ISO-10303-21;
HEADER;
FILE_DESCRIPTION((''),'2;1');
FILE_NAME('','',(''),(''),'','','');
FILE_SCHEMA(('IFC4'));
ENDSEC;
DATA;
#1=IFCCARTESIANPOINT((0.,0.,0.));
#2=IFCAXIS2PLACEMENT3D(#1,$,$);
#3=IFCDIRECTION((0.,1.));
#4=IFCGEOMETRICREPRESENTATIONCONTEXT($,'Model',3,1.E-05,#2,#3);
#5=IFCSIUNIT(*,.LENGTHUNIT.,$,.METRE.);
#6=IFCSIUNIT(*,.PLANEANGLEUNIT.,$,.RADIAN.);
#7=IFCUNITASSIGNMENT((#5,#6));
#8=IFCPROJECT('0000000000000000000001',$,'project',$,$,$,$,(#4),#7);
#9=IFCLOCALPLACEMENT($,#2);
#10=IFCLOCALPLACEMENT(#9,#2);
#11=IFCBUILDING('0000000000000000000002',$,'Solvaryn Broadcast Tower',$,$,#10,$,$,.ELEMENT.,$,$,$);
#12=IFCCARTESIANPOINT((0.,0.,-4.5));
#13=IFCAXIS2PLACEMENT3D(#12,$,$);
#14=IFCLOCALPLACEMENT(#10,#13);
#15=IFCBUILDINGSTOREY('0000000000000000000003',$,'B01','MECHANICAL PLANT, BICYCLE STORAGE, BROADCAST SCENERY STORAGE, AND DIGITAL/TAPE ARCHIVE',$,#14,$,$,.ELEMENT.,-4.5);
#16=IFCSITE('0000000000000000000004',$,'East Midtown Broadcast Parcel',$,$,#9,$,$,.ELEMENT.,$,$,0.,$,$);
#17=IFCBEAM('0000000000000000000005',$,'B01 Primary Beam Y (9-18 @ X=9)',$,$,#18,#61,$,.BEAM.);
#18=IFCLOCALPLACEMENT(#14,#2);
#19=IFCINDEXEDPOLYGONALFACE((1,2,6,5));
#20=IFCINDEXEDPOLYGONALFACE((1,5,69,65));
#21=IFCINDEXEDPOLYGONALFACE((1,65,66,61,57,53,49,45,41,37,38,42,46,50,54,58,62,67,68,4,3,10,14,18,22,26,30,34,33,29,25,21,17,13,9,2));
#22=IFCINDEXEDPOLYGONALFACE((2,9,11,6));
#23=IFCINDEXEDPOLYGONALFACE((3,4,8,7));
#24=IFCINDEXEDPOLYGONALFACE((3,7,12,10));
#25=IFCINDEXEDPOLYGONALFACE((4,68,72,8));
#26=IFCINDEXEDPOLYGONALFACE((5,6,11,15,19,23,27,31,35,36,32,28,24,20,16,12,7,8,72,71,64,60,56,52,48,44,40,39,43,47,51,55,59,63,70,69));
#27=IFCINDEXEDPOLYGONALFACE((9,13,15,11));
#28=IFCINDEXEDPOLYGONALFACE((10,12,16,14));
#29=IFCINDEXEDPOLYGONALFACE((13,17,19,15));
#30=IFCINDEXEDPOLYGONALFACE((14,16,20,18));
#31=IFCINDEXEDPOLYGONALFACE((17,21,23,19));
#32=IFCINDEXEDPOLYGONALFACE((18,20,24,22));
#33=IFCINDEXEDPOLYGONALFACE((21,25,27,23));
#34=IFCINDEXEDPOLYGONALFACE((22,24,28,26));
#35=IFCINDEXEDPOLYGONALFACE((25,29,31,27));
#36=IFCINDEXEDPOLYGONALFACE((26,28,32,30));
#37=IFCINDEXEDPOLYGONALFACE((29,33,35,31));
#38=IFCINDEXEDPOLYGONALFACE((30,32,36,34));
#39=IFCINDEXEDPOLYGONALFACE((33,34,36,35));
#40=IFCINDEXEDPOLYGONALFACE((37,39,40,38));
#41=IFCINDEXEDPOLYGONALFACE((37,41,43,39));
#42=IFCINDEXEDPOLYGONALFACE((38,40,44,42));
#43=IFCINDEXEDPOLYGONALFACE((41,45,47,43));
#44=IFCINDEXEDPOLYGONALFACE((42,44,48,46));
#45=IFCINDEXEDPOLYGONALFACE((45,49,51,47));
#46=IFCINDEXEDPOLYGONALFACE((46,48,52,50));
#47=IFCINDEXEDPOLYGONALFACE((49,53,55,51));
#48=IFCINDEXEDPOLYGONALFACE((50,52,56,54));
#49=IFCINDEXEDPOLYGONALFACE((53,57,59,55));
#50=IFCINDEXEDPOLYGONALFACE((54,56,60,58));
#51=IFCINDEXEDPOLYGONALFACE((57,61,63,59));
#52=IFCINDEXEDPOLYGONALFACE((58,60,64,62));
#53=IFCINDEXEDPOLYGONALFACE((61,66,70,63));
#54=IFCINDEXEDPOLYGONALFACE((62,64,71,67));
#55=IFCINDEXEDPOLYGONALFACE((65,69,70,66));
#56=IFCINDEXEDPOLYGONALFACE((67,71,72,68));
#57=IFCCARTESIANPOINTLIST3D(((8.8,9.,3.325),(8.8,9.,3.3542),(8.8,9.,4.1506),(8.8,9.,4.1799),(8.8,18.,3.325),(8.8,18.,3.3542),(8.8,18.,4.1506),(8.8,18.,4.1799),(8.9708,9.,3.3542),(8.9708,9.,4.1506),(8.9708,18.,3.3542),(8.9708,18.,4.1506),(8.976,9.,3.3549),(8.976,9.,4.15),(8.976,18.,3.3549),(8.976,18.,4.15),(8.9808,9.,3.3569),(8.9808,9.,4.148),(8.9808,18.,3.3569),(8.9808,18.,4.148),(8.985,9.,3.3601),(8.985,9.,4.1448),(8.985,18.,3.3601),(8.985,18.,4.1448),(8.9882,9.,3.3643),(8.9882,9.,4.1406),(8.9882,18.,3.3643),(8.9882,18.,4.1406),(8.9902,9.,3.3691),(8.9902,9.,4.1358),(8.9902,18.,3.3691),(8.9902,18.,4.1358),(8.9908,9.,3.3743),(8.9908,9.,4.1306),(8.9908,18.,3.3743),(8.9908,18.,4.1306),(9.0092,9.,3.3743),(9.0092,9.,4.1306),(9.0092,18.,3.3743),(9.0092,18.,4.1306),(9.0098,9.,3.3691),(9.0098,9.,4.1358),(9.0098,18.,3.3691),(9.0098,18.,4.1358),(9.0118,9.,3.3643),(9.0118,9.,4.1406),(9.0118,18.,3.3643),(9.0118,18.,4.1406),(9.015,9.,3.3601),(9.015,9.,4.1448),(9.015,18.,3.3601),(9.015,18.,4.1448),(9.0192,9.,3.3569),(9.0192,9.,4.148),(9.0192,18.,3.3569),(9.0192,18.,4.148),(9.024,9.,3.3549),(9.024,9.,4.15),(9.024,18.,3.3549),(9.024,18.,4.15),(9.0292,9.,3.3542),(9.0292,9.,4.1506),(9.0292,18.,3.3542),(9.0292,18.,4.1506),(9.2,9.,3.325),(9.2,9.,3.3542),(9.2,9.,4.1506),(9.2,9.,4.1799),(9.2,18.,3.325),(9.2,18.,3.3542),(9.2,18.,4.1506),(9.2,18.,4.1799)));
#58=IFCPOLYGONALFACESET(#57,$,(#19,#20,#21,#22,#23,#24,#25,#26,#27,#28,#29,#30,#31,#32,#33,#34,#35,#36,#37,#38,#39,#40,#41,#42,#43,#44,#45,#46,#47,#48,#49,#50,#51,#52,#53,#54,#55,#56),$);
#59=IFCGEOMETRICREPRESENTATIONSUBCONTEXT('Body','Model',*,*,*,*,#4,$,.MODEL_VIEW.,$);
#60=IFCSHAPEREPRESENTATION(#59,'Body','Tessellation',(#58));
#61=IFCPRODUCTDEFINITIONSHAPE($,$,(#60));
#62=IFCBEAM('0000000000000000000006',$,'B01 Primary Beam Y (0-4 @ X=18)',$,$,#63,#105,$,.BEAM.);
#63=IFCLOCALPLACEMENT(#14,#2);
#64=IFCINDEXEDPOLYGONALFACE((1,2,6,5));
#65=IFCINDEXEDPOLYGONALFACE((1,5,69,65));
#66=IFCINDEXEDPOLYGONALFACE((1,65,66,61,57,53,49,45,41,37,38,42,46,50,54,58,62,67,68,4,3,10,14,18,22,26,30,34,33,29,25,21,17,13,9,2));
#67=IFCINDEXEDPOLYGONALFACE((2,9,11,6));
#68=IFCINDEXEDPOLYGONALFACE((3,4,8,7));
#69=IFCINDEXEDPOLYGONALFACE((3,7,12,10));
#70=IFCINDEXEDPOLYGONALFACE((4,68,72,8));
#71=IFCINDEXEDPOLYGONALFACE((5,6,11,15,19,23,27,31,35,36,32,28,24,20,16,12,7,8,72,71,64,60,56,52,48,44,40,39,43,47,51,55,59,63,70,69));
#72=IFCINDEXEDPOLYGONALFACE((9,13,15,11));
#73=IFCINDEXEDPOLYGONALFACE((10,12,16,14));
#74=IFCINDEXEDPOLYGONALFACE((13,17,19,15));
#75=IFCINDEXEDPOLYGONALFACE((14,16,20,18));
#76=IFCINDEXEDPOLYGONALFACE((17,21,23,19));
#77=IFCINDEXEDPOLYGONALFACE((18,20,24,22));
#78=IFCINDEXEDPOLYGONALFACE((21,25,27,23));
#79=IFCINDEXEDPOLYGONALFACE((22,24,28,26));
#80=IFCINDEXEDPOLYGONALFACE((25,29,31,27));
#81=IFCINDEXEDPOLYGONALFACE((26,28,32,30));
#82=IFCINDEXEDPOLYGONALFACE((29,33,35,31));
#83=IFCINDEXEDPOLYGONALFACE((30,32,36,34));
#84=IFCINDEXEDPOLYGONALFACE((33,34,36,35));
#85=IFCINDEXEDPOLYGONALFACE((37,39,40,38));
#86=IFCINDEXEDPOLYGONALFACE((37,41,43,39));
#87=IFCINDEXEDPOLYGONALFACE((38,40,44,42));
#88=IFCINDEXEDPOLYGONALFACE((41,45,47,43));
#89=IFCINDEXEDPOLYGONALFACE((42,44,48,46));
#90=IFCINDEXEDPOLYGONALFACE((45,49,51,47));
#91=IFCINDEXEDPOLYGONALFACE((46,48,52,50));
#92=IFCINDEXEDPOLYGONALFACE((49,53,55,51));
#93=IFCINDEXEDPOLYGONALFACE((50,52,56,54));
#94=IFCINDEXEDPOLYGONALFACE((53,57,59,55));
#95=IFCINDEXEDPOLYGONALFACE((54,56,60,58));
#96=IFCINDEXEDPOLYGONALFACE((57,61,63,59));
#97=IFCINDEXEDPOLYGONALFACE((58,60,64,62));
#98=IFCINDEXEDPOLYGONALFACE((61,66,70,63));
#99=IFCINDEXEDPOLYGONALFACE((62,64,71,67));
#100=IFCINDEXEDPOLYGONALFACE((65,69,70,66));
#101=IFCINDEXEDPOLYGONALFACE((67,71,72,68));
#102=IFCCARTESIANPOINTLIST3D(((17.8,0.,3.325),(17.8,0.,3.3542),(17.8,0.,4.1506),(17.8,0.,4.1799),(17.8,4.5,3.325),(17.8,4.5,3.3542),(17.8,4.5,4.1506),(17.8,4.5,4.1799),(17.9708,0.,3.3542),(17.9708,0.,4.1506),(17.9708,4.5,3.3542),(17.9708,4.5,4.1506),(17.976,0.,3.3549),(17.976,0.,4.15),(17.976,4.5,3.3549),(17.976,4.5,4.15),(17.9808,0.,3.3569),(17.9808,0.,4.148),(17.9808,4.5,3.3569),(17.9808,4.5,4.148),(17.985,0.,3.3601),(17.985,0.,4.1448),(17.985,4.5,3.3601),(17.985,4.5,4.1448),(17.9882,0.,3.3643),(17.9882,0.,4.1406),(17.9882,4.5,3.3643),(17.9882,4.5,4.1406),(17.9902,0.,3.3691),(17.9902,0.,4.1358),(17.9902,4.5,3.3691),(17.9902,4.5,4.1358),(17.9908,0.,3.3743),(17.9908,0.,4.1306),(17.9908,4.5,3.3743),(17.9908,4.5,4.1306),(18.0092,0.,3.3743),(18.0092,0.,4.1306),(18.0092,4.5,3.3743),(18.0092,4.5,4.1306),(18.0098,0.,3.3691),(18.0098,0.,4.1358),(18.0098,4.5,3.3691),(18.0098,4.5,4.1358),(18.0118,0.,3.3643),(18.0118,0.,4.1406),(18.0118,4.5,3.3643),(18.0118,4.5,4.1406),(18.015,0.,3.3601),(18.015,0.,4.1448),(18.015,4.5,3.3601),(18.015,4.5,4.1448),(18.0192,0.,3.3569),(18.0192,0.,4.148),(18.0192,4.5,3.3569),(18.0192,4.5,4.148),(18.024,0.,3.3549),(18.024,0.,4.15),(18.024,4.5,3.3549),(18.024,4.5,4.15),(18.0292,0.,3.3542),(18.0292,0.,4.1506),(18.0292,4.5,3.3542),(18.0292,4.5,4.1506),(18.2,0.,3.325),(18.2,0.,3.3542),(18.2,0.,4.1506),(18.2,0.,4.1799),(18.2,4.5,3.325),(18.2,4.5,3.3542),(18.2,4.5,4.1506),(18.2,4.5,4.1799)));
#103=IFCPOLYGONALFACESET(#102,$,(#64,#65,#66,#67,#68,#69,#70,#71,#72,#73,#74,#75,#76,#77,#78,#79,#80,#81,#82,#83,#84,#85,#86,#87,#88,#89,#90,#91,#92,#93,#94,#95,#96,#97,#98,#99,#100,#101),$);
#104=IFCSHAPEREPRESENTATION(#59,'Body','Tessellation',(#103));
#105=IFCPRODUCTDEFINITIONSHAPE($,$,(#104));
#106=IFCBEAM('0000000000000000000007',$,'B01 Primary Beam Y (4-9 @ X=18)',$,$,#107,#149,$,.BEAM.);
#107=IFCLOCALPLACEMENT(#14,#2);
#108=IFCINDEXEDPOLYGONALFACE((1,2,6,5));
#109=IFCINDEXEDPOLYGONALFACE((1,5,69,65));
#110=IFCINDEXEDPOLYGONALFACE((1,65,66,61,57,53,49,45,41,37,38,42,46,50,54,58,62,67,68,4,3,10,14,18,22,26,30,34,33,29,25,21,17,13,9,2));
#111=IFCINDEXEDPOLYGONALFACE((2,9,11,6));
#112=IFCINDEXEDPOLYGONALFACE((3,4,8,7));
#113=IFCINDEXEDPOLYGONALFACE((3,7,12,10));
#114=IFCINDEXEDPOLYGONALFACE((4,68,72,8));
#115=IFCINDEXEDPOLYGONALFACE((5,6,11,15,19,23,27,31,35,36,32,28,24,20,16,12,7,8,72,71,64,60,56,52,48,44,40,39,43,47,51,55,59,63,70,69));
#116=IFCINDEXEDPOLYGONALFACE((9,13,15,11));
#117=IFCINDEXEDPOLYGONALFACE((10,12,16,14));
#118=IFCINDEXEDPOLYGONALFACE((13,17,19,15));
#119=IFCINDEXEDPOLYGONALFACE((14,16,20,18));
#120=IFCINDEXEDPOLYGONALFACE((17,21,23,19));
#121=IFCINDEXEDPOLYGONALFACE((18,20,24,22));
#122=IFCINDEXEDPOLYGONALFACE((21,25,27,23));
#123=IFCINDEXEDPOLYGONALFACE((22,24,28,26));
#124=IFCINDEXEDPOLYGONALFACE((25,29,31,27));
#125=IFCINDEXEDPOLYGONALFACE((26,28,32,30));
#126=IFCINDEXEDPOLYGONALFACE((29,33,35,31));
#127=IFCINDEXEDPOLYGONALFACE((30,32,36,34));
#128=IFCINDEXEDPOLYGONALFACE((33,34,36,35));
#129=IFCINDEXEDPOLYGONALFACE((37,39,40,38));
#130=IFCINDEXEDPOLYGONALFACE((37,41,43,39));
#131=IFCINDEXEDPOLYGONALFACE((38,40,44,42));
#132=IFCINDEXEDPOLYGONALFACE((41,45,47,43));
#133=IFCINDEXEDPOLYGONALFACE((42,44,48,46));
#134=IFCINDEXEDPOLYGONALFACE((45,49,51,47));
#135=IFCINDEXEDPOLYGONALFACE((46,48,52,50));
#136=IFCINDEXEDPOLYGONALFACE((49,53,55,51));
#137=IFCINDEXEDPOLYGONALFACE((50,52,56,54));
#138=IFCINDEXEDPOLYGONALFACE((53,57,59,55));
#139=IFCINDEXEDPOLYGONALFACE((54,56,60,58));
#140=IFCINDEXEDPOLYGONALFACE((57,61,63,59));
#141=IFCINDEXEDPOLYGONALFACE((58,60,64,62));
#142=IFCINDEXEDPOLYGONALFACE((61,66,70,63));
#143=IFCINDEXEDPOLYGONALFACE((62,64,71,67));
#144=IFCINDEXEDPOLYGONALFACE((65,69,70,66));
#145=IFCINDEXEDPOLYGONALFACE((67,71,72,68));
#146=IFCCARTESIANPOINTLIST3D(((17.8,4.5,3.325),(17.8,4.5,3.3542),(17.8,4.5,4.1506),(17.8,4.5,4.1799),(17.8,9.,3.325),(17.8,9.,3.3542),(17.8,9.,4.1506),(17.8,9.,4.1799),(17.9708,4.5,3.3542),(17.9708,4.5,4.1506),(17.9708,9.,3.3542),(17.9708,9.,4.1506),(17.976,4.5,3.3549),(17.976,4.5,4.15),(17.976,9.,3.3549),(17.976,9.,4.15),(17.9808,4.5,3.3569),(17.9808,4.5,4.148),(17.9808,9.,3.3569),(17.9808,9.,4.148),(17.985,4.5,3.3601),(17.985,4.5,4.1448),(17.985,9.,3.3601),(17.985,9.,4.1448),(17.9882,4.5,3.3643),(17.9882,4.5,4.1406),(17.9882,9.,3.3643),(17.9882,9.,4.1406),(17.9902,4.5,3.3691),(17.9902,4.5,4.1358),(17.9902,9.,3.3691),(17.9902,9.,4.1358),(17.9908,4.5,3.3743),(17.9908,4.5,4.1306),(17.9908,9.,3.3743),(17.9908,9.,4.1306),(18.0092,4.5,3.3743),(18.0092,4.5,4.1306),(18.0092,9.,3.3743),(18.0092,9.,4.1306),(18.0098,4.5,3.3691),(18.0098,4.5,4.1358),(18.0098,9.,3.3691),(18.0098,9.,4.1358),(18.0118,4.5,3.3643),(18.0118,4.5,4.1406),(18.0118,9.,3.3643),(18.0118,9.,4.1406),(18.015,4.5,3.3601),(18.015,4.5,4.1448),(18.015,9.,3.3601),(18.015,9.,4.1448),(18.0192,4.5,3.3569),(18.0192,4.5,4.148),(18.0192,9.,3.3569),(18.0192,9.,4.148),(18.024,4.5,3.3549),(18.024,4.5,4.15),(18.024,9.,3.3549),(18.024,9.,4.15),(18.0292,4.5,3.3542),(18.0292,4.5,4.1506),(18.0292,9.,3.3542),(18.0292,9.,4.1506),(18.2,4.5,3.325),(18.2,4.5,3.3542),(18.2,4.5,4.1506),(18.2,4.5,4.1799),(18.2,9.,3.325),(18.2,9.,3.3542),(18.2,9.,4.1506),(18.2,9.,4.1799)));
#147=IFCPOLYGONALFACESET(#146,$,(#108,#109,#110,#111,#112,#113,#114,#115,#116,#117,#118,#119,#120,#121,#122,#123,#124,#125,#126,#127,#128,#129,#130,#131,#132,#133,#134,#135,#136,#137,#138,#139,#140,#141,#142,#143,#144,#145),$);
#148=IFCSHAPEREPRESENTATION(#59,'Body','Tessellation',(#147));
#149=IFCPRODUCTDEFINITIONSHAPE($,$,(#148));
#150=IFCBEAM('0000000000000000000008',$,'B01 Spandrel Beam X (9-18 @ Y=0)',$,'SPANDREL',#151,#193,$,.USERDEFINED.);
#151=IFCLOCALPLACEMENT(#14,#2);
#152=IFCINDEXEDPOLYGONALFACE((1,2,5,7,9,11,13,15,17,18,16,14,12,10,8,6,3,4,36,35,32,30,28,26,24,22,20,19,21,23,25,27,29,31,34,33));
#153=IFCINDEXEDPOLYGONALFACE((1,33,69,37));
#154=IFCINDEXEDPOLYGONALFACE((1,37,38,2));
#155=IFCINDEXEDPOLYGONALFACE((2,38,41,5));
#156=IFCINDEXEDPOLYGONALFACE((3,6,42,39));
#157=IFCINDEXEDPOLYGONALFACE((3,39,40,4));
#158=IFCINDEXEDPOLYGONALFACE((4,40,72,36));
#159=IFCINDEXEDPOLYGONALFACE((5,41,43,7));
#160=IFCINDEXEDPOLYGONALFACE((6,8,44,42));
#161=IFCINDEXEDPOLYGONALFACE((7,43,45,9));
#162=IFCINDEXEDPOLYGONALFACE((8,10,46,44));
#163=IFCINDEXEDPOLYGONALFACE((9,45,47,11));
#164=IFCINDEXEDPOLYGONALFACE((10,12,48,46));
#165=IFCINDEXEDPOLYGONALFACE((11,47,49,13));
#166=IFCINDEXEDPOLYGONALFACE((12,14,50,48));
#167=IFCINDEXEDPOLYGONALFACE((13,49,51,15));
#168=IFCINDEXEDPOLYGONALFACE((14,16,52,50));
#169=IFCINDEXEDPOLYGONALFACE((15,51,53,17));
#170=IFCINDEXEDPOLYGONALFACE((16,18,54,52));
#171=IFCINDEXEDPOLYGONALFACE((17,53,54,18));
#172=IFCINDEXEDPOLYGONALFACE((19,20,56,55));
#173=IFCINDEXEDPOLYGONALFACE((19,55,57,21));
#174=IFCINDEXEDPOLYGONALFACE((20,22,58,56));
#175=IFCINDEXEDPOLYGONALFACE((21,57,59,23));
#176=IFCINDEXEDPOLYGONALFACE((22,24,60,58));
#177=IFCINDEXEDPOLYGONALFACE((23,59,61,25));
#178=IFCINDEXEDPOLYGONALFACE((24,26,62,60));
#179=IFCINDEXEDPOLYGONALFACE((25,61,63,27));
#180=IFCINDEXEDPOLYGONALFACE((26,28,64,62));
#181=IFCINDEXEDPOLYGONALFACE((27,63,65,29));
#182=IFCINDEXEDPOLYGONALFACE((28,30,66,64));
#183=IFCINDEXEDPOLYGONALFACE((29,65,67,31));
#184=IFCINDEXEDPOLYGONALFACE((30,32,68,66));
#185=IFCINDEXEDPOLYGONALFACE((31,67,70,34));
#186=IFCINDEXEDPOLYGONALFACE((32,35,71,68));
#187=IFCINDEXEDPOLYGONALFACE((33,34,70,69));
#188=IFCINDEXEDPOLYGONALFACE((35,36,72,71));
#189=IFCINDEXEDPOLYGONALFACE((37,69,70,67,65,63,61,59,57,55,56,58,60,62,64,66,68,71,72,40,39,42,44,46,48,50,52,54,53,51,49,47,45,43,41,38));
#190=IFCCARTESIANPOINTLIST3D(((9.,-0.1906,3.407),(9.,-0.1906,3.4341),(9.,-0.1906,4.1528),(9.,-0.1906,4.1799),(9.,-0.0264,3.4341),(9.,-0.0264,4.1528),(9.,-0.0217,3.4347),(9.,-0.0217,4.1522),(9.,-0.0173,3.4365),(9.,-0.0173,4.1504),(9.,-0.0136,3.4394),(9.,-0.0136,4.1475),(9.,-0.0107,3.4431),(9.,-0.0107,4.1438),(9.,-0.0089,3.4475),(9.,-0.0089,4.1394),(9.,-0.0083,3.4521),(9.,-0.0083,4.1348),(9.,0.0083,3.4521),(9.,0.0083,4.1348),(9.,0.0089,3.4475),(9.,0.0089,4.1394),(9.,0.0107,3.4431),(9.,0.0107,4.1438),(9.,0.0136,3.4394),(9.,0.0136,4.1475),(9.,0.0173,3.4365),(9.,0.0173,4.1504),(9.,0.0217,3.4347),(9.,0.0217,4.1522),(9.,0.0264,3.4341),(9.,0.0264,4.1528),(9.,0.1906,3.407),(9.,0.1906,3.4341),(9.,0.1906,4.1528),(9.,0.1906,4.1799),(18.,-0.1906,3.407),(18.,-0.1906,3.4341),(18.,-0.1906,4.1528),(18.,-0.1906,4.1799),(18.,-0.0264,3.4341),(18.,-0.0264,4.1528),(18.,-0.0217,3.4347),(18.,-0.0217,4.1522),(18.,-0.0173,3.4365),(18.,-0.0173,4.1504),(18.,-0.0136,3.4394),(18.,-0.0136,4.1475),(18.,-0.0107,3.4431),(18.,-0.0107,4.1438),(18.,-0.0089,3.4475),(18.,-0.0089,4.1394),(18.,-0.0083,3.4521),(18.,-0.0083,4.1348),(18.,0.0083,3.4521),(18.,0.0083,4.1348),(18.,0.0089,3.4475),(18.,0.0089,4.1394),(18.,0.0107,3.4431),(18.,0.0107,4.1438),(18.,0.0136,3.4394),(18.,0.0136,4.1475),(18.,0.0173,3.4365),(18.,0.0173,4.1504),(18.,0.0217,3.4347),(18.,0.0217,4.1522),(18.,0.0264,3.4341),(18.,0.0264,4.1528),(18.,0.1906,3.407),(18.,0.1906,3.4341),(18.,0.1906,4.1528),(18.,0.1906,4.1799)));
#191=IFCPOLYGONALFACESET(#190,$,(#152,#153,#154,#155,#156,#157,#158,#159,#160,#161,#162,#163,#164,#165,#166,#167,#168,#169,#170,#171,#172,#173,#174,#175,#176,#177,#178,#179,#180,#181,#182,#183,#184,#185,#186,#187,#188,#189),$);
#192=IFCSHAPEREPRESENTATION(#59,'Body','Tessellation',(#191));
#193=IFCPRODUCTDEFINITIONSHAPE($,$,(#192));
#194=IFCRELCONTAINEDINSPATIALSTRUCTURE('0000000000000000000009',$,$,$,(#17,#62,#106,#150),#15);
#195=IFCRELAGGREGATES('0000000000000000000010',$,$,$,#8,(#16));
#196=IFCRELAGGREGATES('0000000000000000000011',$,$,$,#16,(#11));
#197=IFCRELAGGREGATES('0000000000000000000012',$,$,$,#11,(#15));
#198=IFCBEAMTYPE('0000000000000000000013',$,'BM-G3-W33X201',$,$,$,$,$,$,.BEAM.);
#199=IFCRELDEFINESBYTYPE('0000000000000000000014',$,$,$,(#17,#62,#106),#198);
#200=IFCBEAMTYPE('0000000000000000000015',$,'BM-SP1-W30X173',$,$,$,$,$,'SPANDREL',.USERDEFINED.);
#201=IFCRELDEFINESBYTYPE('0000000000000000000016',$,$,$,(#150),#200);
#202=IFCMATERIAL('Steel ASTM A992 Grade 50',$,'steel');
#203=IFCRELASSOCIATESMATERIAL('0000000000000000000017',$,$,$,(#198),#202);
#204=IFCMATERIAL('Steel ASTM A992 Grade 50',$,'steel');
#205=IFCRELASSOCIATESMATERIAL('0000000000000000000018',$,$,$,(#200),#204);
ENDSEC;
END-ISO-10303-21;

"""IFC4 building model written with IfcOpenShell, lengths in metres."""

from ifc_helpers import new_model, si_unit, direction, frame, origin, origin_2d, place, context, subcontext, project, spatial, i_section, extrude, material, material_profile, profile_set, type_object, element, save


model = new_model("IFC4")

# Units and contexts
model_context = context("Model", 3, precision=1e-05, world=origin(), true_north=direction((0.0, 1.0)))
body_context = subcontext(model_context, "Body", "Model", "MODEL_VIEW")
ifc_project = project(units=[si_unit("LENGTHUNIT", "METRE"), si_unit("PLANEANGLEUNIT", "RADIAN")], contexts=[model_context])

# Site, building, storey
site_placement = place(None, origin())
site = spatial("IfcSite", under=ifc_project, at=site_placement, Name="East Midtown Broadcast Parcel", CompositionType="ELEMENT", RefElevation=0.0)
building_placement = place(site_placement, origin())
building = spatial("IfcBuilding", under=site, at=building_placement, Name="Solvaryn Broadcast Tower", CompositionType="ELEMENT")
storey_placement = place(building_placement, frame((0.0, 0.0, -4.5)))
storey = spatial("IfcBuildingStorey", under=building, at=storey_placement, Name="B01", Description="MECHANICAL PLANT, BICYCLE STORAGE, BROADCAST SCENERY STORAGE, AND DIGITAL/TAPE ARCHIVE", CompositionType="ELEMENT", Elevation=-4.5)

# Beams
ifc_material_1 = material(Name="Steel ASTM A992 Grade 50", Category="steel")
ifc_material_profile_1 = material_profile(ifc_material_1, i_section(OverallWidth=0.3999, OverallDepth=0.855, WebThickness=0.0183, FlangeThickness=0.0293, FilletRadius=0.02, at=origin_2d()))
ifc_profile_set_1 = profile_set([ifc_material_profile_1], Name="Steel ASTM A992 Grade 50")
beam_type_1 = type_object("IfcBeamType", Name="BM-G3-W33X201", PredefinedType="BEAM", material=ifc_profile_set_1)
beam_1_placement = place(storey_placement, frame((9.0, 9.0, 3.7524), z_axis=(0.0, 1.0, 0.0), x_axis=(-1.0, 0.0, 0.0)))
element("IfcBeam", 1, at=beam_1_placement, inside=storey, type_object=beam_type_1, Name="B01 Primary Beam Y (9-18 @ X=9)", PredefinedType="BEAM", context=body_context, shape_type="SweptSolid", body=[
    extrude(i_section(OverallWidth=0.3999, OverallDepth=0.855, WebThickness=0.0183, FlangeThickness=0.0293, FilletRadius=0.02, at=origin_2d()), origin(), (0.0, 0.0, 1.0), 9.0),
])
for number, where, z_axis, x_axis, name in (
    (2, (18.0, 0.0, 3.7524), (0.0, 1.0, 0.0), (-1.0, 0.0, 0.0), "B01 Primary Beam Y (0-4 @ X=18)"),
    (3, (18.0, 4.5, 3.7524), (0.0, 1.0, 0.0), (-1.0, 0.0, 0.0), "B01 Primary Beam Y (4-9 @ X=18)"),
):
    element("IfcBeam", number, at=place(storey_placement, frame(where, z_axis=z_axis, x_axis=x_axis)), inside=storey, type_object=beam_type_1, Name=name, PredefinedType="BEAM", context=body_context, shape_type="SweptSolid", body=[
        extrude(i_section(OverallWidth=0.3999, OverallDepth=0.855, WebThickness=0.0183, FlangeThickness=0.0293, FilletRadius=0.02, at=origin_2d()), origin(), (0.0, 0.0, 1.0), 4.5),
    ])
ifc_material_2 = material(Name="Steel ASTM A992 Grade 50", Category="steel")
ifc_material_profile_2 = material_profile(ifc_material_2, i_section(OverallWidth=0.3811, OverallDepth=0.7729, WebThickness=0.0166, FlangeThickness=0.0271, FilletRadius=0.0181, at=origin_2d()))
ifc_profile_set_2 = profile_set([ifc_material_profile_2], Name="Steel ASTM A992 Grade 50")
beam_type_2 = type_object("IfcBeamType", Name="BM-SP1-W30X173", ElementType="SPANDREL", PredefinedType="USERDEFINED", material=ifc_profile_set_2)
for number, where, z_axis, x_axis, name in (
    (4, (9.0, 0.0, 3.7935), (1.0, 0.0, 0.0), (0.0, 1.0, 0.0), "B01 Spandrel Beam X (9-18 @ Y=0)"),
):
    element("IfcBeam", number, at=place(storey_placement, frame(where, z_axis=z_axis, x_axis=x_axis)), inside=storey, type_object=beam_type_2, Name=name, ObjectType="SPANDREL", PredefinedType="USERDEFINED", context=body_context, shape_type="SweptSolid", body=[
        extrude(i_section(OverallWidth=0.3811, OverallDepth=0.7729, WebThickness=0.0166, FlangeThickness=0.0271, FilletRadius=0.0181, at=origin_2d()), origin(), (0.0, 0.0, 1.0), 9.0),
    ])

save(model, "model.ifc")
